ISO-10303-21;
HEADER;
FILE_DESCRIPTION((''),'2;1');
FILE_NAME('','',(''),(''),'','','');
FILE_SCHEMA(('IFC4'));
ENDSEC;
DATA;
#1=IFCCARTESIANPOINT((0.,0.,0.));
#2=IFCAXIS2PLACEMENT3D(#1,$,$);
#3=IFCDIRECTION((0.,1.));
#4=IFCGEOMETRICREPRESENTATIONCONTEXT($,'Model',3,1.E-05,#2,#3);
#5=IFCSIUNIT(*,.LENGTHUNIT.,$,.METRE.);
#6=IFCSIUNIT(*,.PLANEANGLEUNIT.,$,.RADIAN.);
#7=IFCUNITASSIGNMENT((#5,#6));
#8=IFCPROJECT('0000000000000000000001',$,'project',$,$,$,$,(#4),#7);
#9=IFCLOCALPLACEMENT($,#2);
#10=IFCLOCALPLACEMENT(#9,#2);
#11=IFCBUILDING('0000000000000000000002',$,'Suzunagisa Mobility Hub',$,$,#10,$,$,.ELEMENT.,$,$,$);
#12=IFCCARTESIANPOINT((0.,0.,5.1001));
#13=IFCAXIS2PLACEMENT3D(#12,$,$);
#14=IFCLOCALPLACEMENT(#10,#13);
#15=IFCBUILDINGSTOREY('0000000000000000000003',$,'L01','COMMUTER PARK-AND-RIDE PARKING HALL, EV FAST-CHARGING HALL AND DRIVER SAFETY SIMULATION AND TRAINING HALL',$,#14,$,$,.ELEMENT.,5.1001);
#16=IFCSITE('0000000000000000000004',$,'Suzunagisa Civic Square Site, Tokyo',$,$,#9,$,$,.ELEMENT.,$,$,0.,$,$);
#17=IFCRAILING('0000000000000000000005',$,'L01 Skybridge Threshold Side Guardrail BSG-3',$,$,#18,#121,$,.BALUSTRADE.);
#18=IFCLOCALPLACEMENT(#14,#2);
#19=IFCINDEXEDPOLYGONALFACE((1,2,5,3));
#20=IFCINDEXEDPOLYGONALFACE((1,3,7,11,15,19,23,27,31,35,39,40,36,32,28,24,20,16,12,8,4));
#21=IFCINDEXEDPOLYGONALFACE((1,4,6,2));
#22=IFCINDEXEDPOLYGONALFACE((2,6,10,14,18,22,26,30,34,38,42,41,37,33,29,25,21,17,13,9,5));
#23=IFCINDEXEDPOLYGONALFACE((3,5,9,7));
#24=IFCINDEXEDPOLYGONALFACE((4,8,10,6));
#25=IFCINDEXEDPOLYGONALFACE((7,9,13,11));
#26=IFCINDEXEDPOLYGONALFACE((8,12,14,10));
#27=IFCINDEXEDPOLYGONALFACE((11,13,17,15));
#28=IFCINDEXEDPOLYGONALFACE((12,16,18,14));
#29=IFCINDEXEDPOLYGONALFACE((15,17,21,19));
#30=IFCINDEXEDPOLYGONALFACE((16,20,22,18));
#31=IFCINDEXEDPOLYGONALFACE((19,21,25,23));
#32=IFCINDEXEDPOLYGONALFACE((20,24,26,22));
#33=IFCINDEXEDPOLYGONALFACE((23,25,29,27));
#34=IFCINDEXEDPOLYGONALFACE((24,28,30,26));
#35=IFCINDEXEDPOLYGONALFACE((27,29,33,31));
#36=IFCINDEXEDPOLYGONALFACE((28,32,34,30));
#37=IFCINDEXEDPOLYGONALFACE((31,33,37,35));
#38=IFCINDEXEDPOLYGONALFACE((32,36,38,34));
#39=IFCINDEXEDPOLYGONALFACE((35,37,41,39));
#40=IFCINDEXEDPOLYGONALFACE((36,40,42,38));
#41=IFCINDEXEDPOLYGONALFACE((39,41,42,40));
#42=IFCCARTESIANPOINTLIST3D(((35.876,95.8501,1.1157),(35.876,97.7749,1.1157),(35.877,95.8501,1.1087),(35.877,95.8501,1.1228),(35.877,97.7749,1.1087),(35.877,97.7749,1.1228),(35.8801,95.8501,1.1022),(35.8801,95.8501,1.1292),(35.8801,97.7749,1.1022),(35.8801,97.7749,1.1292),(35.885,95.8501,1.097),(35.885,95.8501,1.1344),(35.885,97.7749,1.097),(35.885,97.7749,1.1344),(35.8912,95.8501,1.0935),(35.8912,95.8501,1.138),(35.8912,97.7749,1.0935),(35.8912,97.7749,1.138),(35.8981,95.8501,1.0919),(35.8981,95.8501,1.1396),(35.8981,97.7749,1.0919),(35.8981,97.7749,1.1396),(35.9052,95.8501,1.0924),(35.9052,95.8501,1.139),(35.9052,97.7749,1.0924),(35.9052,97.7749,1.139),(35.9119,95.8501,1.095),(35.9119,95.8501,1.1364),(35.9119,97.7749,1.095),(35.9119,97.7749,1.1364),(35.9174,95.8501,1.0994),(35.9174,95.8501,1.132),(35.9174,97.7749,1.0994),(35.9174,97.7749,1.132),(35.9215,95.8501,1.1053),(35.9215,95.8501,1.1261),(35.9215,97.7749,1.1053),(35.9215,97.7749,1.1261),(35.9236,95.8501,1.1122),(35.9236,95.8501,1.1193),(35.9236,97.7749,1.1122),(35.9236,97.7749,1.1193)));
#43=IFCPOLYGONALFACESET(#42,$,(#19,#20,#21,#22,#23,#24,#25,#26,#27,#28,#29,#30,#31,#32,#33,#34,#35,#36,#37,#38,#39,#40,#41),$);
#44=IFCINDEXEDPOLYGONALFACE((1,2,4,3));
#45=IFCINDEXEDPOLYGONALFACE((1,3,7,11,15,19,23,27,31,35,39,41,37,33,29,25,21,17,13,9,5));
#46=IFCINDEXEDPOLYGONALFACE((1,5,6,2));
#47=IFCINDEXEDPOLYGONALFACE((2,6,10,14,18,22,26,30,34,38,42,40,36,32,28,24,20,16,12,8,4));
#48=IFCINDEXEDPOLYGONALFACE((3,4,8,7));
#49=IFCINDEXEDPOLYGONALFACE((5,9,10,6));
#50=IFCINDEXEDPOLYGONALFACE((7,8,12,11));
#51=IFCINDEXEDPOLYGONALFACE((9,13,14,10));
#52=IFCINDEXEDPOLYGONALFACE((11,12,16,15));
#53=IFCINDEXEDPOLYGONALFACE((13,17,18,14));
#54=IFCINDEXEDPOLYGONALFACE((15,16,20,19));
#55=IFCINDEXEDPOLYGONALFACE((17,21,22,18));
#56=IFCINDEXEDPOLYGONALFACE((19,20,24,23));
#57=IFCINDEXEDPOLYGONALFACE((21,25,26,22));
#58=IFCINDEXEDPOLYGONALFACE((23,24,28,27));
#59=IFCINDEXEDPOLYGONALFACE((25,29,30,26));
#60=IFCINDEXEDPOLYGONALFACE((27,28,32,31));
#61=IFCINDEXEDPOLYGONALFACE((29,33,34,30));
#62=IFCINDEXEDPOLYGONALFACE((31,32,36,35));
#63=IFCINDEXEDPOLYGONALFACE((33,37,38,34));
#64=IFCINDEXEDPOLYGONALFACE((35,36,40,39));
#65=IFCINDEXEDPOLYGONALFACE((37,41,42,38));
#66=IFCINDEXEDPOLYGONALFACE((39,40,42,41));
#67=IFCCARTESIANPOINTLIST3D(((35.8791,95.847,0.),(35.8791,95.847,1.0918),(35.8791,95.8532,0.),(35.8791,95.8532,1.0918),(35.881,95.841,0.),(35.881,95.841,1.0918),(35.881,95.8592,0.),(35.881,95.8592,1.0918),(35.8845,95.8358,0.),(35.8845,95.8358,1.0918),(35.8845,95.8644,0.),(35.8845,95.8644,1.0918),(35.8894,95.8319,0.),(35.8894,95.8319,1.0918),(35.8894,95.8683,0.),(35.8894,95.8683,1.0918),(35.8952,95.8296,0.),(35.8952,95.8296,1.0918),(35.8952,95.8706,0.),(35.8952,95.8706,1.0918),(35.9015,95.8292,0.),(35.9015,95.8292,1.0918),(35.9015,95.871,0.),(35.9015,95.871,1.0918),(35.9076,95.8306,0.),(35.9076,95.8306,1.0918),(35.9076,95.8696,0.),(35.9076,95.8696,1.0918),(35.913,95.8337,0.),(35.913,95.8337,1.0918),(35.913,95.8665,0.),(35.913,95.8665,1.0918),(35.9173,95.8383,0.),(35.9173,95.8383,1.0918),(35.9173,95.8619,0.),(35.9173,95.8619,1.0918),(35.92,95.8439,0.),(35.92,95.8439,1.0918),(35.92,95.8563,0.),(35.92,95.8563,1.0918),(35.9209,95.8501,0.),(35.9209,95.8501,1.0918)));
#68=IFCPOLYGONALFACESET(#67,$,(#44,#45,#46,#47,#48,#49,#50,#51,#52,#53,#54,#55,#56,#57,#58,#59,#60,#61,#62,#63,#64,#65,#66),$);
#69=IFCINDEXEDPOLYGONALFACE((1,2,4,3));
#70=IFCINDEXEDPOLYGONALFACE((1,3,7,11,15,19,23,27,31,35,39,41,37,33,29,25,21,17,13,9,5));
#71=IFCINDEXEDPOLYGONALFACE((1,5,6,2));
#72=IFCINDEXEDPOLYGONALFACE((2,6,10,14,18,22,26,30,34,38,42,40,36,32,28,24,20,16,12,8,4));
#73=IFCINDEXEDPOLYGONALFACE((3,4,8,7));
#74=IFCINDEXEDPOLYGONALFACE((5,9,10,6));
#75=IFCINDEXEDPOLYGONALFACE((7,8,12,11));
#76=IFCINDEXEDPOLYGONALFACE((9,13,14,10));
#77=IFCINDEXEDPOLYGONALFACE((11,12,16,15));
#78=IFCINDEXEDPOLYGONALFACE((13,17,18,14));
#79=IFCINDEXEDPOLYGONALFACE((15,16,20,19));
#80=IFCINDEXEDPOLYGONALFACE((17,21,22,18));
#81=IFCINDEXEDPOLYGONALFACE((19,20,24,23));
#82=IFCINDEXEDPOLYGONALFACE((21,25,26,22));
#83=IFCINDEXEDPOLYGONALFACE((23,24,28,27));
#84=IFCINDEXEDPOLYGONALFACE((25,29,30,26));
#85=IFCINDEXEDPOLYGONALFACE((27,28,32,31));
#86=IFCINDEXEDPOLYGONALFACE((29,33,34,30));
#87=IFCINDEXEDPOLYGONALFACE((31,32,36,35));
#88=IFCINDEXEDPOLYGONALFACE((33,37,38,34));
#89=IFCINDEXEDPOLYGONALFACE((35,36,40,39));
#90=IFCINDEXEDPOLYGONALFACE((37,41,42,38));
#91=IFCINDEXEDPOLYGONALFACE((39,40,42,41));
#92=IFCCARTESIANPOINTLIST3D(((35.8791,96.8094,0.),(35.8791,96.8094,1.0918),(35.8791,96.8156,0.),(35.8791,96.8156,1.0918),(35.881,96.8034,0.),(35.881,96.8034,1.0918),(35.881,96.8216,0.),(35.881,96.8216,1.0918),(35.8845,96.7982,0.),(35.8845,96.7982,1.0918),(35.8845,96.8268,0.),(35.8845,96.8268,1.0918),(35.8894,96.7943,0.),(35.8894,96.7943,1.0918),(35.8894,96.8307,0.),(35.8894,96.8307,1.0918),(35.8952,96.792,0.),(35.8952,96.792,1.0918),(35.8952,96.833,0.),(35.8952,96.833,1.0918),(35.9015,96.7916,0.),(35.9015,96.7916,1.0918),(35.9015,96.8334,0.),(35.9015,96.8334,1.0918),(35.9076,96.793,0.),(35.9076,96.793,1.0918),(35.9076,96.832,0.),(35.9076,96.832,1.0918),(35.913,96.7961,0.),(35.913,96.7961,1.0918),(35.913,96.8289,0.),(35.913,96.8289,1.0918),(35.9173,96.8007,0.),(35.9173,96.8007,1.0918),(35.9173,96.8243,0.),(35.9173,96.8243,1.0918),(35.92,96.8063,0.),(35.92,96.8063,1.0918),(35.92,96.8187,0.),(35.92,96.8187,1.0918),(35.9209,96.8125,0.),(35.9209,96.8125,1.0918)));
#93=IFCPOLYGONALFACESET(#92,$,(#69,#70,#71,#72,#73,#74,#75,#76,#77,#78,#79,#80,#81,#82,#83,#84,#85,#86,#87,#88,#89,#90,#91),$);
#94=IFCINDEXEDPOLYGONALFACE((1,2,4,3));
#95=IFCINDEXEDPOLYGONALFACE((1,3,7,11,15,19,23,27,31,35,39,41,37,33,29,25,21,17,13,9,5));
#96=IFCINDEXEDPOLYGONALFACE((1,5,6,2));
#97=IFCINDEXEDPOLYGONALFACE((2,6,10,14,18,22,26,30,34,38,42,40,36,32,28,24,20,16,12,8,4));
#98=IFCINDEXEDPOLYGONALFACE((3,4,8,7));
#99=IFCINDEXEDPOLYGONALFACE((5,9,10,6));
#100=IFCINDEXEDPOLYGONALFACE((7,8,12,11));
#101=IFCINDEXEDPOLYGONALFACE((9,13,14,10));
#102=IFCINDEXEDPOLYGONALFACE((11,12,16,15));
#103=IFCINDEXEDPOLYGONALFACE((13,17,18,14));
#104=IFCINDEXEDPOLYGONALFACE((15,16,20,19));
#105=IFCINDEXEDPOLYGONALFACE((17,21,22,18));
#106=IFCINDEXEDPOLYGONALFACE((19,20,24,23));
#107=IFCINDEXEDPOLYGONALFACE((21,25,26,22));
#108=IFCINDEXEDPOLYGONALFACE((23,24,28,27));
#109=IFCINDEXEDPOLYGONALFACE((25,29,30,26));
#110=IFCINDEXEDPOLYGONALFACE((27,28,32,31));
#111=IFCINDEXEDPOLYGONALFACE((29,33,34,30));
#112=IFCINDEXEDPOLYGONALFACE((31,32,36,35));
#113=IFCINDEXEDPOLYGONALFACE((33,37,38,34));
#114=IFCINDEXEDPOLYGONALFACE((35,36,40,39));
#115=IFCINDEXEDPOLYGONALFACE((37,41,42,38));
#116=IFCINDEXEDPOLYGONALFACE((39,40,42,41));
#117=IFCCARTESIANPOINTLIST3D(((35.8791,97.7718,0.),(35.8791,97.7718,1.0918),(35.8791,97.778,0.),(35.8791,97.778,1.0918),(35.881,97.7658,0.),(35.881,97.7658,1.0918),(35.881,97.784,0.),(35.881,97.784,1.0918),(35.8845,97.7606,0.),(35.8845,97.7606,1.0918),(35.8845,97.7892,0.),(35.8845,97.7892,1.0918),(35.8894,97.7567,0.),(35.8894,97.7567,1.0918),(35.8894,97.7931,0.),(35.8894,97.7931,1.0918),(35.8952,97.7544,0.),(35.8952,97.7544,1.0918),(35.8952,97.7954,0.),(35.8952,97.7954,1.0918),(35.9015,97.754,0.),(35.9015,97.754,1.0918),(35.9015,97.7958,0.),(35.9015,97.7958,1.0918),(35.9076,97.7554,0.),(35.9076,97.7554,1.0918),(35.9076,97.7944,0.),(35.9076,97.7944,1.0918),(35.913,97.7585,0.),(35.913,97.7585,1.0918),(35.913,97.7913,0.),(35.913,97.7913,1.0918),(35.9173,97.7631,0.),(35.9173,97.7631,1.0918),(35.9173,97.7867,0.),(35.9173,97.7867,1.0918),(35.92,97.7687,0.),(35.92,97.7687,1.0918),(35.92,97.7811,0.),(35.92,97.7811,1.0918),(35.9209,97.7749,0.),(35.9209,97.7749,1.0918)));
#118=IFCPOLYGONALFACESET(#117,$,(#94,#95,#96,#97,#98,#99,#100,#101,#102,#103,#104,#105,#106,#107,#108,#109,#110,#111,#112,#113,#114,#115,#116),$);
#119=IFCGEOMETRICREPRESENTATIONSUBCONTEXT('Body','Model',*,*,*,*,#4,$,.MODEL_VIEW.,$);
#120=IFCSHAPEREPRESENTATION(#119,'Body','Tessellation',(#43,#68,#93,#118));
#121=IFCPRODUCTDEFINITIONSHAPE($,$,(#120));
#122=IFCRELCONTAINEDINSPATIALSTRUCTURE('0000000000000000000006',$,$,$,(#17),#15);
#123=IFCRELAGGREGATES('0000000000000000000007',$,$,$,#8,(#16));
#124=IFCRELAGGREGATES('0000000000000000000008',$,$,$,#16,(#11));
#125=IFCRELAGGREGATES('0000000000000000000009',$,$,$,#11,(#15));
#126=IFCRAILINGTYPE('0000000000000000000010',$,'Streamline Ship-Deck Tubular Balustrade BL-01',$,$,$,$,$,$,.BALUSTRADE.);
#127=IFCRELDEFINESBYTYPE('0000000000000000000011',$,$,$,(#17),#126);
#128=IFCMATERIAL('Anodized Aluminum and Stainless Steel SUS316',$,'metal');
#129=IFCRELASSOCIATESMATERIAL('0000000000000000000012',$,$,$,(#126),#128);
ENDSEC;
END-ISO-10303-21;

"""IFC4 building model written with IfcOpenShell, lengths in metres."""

from ifc_helpers import new_model, si_unit, direction, frame, origin, origin_2d, place, context, subcontext, project, spatial, circle, extrude, material, type_object, element, save


model = new_model("IFC4")

# Units and contexts
model_context = context("Model", 3, precision=1e-05, world=origin(), true_north=direction((0.0, 1.0)))
body_context = subcontext(model_context, "Body", "Model", "MODEL_VIEW")
ifc_project = project(units=[si_unit("LENGTHUNIT", "METRE"), si_unit("PLANEANGLEUNIT", "RADIAN")], contexts=[model_context])

# Site, building, storey
site_placement = place(None, origin())
site = spatial("IfcSite", under=ifc_project, at=site_placement, Name="Suzunagisa Civic Square Site, Tokyo", CompositionType="ELEMENT", RefElevation=0.0)
building_placement = place(site_placement, origin())
building = spatial("IfcBuilding", under=site, at=building_placement, Name="Suzunagisa Mobility Hub", CompositionType="ELEMENT")
storey_placement = place(building_placement, frame((0.0, 0.0, 5.1001)))
storey = spatial("IfcBuildingStorey", under=building, at=storey_placement, Name="L01", Description="COMMUTER PARK-AND-RIDE PARKING HALL, EV FAST-CHARGING HALL AND DRIVER SAFETY SIMULATION AND TRAINING HALL", CompositionType="ELEMENT", Elevation=5.1001)

# Railing
ifc_material_1 = material(Name="Anodized Aluminum and Stainless Steel SUS316", Category="metal")
railing_type_1 = type_object("IfcRailingType", Name="Streamline Ship-Deck Tubular Balustrade BL-01", PredefinedType="BALUSTRADE", material=ifc_material_1)
railing_1_placement = place(storey_placement, frame((35.8999, 95.8501, 0.0)))
element("IfcRailing", 1, at=railing_1_placement, inside=storey, type_object=railing_type_1, Name="L01 Skybridge Threshold Side Guardrail BSG-3", PredefinedType="BALUSTRADE", context=body_context, shape_type="SweptSolid", body=[
    extrude(circle(Radius=0.0239, at=origin_2d()), frame((0.0, 0.0, 1.1157), z_axis=(0.0, 1.0, 0.0), x_axis=(-1.0, 0.0, 0.0)), (0.0, 0.0, 1.0), 1.9248),
    extrude(circle(Radius=0.021, at=origin_2d()), origin(), (0.0, 0.0, 1.0), 1.0918),
    extrude(circle(Radius=0.021, at=origin_2d()), frame((0.0, 0.9624, 0.0)), (0.0, 0.0, 1.0), 1.0918),
    extrude(circle(Radius=0.021, at=origin_2d()), frame((0.0, 1.9248, 0.0)), (0.0, 0.0, 1.0), 1.0918),
])

save(model, "model.ifc")
